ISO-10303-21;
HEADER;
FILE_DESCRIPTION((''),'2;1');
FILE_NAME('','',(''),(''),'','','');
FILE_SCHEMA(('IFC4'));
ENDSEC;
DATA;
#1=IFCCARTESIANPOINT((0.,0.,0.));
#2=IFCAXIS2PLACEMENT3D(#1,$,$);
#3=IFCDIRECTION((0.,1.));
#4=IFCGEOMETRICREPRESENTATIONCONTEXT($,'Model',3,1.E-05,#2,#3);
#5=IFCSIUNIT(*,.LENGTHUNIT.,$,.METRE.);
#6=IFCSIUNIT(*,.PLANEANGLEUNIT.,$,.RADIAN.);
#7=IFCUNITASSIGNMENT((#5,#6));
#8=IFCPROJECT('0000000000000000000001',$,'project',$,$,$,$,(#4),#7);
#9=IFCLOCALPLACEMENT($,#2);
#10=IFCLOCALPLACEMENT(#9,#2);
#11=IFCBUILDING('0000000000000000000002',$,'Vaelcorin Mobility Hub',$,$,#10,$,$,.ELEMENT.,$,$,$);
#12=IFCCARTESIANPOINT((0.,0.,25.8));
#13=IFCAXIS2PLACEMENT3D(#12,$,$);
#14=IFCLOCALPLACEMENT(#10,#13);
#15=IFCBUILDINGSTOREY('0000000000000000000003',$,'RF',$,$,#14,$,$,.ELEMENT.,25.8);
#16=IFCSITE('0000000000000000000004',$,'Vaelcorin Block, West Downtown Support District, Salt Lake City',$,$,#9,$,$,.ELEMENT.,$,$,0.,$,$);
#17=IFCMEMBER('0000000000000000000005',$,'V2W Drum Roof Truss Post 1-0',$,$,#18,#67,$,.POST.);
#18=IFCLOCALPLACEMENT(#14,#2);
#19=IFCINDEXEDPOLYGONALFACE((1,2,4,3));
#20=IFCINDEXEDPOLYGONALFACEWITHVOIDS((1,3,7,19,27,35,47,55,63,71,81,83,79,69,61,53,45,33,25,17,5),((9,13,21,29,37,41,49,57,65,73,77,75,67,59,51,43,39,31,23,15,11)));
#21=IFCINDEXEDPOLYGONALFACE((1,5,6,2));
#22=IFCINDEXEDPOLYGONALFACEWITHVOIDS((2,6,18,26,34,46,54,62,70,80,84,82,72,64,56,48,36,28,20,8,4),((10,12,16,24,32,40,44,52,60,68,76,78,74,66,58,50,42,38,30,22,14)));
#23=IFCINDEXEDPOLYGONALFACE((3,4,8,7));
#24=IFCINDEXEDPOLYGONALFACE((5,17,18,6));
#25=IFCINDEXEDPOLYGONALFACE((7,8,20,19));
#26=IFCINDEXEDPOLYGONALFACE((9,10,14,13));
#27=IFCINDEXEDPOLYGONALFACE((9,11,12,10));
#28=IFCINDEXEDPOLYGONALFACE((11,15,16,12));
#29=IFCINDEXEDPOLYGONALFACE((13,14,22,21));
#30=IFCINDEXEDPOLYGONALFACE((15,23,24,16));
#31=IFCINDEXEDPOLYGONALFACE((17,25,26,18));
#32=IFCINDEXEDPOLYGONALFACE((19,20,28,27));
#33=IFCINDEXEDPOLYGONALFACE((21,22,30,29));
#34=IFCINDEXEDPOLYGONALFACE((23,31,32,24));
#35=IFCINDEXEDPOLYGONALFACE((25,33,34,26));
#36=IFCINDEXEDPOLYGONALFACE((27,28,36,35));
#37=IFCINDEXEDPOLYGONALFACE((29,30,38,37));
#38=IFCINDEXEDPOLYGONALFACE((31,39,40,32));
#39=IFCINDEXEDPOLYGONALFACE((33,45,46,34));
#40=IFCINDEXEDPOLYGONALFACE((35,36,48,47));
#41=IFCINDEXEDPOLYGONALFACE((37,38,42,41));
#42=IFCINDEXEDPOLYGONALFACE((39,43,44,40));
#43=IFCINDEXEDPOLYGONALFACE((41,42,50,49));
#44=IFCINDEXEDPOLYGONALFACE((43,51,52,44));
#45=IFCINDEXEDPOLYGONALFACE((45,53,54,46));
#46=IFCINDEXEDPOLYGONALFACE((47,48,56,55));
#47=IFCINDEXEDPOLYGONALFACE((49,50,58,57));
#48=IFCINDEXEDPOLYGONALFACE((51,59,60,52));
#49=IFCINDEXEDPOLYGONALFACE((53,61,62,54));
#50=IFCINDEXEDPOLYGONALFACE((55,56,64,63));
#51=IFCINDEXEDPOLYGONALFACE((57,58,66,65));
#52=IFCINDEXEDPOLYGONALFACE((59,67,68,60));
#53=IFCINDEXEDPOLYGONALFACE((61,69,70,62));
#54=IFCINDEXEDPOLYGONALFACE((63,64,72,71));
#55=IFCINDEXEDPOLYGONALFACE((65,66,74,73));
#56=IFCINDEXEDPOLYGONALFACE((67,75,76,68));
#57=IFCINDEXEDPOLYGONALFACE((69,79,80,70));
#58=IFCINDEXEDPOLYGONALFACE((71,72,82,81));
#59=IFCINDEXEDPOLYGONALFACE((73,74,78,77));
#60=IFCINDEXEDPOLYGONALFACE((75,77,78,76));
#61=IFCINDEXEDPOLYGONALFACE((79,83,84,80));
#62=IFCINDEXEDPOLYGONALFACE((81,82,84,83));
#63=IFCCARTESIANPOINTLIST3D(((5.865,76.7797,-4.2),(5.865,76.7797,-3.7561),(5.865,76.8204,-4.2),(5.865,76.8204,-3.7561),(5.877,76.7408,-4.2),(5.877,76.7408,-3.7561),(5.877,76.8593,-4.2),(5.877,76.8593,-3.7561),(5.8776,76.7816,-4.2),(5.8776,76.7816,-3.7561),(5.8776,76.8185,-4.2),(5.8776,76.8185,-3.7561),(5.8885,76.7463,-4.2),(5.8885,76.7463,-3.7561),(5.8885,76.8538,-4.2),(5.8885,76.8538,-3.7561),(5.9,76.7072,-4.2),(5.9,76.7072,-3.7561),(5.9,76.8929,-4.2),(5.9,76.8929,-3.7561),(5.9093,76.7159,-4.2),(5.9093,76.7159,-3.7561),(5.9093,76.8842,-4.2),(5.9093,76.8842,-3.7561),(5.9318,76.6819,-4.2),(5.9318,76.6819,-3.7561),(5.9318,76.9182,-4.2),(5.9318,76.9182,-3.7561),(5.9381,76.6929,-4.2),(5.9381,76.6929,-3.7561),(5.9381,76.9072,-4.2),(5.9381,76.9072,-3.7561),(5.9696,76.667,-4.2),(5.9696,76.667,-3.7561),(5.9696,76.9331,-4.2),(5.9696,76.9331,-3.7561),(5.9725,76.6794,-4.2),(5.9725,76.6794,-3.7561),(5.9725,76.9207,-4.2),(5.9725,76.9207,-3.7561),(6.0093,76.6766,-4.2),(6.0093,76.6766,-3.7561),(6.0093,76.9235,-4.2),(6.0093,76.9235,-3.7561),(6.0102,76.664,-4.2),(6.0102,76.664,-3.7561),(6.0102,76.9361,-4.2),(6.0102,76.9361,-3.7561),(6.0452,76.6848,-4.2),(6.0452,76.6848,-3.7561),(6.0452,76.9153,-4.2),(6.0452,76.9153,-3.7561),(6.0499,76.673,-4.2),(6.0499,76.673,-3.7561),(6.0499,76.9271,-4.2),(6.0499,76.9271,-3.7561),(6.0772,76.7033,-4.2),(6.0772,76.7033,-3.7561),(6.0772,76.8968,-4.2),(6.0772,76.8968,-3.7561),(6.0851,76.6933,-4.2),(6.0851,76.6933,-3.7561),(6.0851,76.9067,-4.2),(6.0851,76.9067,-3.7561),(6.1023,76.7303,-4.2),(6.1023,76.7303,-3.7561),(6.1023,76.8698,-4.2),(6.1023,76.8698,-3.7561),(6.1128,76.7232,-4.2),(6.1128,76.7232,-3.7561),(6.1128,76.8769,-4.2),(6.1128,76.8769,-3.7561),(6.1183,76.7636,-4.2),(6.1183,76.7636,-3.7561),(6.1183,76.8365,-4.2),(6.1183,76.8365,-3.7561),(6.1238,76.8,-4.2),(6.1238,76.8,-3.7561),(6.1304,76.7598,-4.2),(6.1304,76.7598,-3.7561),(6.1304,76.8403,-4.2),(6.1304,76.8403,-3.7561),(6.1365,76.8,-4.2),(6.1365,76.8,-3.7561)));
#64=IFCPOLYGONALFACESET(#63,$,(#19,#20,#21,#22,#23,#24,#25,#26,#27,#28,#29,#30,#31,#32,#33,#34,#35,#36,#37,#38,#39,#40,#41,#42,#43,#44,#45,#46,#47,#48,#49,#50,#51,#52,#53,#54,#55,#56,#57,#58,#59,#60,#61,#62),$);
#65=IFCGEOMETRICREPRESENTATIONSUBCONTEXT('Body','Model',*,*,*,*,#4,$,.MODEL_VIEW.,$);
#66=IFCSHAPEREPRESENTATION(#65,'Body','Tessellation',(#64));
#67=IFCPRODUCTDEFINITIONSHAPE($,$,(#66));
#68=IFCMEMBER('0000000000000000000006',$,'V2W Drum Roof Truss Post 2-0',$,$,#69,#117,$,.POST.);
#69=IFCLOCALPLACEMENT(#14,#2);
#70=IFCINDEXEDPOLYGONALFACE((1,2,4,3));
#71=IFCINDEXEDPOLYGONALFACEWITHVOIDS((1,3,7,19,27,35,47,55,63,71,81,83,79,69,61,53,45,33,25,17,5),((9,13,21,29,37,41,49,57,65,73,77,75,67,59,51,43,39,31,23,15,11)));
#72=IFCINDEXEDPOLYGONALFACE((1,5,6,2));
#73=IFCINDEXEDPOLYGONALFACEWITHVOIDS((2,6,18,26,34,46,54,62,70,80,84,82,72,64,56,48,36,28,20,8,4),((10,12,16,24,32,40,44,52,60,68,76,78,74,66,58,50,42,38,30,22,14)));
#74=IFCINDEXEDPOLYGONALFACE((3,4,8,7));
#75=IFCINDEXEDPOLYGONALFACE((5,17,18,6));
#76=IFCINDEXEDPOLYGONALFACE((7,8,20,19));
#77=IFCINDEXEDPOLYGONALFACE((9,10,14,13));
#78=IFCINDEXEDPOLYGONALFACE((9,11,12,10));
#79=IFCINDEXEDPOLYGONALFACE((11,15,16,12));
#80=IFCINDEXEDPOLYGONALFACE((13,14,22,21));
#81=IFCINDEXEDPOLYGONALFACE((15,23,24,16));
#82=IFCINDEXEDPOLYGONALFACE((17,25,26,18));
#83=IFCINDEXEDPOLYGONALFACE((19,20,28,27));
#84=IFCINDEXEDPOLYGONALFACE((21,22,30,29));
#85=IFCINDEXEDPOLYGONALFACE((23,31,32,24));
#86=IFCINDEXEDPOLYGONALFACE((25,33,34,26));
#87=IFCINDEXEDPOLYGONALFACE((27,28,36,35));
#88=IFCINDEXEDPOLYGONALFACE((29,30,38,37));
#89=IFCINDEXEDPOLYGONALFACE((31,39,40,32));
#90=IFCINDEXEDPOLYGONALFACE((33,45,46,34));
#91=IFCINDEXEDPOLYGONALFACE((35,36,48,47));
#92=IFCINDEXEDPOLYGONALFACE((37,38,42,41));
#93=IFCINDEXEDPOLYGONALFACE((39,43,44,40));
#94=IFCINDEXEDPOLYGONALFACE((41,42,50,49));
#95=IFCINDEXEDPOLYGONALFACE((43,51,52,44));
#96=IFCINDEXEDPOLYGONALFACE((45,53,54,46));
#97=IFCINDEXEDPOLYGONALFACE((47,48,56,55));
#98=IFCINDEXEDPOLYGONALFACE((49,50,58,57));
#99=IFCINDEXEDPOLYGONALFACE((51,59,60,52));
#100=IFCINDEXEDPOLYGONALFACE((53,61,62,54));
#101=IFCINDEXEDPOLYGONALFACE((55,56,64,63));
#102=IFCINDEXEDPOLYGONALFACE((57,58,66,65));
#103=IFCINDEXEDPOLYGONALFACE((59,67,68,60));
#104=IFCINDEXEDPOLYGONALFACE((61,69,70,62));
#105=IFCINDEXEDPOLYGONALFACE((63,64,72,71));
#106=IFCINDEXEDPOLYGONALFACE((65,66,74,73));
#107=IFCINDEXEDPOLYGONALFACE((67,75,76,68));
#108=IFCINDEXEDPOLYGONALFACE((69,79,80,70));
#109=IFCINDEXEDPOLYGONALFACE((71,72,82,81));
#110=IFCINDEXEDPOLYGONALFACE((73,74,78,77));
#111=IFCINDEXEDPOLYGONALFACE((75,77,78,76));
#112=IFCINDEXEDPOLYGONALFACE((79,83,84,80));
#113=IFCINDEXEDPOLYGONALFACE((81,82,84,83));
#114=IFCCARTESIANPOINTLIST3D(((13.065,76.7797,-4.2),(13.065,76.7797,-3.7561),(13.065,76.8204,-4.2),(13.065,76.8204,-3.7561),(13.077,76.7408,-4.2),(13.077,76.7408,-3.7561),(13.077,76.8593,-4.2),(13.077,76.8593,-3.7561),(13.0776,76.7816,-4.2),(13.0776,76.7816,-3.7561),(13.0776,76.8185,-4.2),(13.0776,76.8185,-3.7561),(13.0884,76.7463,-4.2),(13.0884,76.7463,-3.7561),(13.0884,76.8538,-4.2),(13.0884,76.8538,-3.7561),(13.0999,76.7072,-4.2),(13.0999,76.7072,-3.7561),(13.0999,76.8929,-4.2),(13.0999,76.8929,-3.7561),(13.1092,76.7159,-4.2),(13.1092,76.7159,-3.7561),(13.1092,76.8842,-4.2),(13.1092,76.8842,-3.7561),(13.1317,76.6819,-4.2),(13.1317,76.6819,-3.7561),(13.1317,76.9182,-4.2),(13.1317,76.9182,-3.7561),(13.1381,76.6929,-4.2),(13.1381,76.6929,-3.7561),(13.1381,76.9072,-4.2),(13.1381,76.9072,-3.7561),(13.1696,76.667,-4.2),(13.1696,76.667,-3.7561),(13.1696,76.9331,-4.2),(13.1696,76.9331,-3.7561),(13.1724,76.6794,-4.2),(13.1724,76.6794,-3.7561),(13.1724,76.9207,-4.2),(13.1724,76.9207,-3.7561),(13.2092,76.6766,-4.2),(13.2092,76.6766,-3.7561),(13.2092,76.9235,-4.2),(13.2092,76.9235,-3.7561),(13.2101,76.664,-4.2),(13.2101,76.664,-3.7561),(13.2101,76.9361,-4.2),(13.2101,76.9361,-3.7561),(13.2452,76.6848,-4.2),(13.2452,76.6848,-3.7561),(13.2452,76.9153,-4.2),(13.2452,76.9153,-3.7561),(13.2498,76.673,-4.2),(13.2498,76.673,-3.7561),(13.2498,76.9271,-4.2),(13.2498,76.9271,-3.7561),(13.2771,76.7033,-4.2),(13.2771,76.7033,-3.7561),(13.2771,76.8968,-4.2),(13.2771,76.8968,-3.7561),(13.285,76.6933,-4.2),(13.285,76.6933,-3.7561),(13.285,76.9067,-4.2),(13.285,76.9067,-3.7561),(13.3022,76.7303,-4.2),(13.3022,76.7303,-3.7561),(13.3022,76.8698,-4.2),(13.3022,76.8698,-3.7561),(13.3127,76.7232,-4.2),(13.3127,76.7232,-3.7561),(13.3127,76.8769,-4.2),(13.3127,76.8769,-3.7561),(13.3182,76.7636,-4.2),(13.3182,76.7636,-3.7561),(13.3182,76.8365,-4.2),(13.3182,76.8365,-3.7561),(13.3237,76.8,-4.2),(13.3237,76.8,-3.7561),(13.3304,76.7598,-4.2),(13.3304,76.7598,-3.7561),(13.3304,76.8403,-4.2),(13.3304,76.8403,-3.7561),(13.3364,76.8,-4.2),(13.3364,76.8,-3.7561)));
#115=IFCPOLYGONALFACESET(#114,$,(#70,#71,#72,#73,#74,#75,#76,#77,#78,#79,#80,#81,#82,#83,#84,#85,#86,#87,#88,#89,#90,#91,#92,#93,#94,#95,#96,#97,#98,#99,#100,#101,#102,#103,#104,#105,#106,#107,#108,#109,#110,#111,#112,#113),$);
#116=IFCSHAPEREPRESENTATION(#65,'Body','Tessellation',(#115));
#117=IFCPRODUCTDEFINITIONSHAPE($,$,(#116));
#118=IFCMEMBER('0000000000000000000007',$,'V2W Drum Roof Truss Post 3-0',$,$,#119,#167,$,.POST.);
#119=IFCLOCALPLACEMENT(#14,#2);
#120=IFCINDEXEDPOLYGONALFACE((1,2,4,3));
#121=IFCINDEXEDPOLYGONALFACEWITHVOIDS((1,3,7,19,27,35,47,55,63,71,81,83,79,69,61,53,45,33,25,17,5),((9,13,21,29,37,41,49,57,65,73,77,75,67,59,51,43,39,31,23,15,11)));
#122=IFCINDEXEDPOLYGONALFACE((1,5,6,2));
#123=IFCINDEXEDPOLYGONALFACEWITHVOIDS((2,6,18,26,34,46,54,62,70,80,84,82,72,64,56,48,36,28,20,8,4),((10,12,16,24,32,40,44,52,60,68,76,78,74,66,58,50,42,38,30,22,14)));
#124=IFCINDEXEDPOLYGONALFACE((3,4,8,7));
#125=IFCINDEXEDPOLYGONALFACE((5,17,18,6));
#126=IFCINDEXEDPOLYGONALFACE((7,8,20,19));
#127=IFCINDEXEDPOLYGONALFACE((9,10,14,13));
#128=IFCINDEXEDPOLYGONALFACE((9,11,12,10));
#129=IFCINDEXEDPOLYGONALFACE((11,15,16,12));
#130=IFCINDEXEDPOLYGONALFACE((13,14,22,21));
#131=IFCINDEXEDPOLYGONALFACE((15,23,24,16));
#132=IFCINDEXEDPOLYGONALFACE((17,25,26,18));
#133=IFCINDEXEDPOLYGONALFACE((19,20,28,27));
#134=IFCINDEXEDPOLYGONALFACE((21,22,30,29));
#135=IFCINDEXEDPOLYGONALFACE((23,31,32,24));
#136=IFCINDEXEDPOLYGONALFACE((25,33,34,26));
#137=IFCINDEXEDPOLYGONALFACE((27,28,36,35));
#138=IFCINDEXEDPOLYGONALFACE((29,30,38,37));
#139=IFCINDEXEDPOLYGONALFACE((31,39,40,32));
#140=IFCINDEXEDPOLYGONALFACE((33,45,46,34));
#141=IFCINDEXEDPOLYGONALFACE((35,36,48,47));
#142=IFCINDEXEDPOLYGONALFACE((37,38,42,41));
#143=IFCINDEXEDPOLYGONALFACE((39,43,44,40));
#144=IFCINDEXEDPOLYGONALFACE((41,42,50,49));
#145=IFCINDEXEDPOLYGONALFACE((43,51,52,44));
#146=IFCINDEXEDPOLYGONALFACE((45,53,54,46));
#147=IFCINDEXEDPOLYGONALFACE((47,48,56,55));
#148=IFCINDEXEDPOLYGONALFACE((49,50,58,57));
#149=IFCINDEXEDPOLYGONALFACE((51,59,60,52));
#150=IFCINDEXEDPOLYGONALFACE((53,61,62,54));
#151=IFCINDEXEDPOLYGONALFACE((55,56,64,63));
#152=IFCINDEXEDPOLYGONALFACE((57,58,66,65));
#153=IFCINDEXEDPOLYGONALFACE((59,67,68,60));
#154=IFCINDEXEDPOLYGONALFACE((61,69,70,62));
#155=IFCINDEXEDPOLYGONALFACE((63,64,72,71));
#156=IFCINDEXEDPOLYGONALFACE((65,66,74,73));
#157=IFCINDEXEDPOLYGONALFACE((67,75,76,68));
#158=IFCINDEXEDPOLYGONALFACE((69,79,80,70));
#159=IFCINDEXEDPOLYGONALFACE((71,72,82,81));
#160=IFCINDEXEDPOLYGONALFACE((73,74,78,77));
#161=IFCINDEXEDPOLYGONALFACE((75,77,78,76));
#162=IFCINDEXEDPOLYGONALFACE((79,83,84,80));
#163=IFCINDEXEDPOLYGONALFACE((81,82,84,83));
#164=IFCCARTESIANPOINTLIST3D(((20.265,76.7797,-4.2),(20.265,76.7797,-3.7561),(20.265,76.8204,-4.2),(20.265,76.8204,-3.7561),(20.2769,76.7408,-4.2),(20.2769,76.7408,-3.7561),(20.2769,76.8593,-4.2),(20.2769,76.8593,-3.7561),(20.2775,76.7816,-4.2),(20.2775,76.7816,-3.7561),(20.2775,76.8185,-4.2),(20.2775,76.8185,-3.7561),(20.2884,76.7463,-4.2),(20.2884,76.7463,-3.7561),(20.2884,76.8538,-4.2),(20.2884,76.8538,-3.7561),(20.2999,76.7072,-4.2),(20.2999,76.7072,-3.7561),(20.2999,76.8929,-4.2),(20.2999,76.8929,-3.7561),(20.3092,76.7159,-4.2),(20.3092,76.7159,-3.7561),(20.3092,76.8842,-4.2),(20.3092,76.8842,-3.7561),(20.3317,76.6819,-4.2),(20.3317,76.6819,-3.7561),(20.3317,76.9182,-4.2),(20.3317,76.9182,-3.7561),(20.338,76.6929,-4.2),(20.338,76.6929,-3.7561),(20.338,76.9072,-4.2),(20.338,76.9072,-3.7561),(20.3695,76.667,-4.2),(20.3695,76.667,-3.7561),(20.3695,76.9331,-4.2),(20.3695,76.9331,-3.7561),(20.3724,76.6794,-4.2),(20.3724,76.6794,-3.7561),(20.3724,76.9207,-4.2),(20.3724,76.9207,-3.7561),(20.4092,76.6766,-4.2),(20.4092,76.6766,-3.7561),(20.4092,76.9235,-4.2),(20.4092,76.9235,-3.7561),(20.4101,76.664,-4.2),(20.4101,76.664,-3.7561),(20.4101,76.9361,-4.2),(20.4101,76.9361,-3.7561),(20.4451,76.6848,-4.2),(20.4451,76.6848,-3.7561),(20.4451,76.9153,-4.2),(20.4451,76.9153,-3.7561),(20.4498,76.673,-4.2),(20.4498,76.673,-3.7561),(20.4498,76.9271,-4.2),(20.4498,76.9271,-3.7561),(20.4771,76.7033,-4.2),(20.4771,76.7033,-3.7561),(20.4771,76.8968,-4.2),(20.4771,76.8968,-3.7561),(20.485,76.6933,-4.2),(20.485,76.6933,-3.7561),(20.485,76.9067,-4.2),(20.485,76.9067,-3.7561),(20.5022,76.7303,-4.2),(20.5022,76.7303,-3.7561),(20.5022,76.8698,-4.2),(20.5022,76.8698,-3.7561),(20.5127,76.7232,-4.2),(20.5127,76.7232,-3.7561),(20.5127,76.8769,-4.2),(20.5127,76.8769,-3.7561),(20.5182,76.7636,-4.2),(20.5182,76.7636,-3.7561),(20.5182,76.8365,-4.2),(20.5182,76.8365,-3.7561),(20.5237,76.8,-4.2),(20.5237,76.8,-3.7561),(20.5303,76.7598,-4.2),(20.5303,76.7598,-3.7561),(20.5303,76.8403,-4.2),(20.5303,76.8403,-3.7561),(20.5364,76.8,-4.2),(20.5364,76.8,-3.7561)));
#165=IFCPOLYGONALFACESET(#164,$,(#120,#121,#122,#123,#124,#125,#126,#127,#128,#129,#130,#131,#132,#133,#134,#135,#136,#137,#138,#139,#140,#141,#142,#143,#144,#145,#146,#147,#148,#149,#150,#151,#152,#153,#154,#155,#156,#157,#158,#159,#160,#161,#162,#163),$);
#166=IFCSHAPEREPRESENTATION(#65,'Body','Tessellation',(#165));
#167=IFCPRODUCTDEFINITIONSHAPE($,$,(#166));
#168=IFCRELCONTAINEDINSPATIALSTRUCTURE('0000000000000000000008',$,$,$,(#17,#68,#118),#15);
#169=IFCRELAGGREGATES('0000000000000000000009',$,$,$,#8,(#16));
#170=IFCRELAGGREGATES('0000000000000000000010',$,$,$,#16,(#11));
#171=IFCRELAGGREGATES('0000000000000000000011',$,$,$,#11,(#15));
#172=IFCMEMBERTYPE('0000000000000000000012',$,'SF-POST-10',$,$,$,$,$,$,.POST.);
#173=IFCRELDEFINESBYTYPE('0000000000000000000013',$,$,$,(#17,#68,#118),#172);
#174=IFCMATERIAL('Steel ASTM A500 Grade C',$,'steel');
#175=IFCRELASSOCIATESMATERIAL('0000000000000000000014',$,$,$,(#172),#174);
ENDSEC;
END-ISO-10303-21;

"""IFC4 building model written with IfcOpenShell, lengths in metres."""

from ifc_helpers import new_model, si_unit, direction, frame, origin, origin_2d, place, context, subcontext, project, spatial, hollow_circle, extrude, material, material_profile, profile_set, type_object, element, save


model = new_model("IFC4")

# Units and contexts
model_context = context("Model", 3, precision=1e-05, world=origin(), true_north=direction((0.0, 1.0)))
body_context = subcontext(model_context, "Body", "Model", "MODEL_VIEW")
ifc_project = project(units=[si_unit("LENGTHUNIT", "METRE"), si_unit("PLANEANGLEUNIT", "RADIAN")], contexts=[model_context])

# Site, building, storey
site_placement = place(None, origin())
site = spatial("IfcSite", under=ifc_project, at=site_placement, Name="Vaelcorin Block, West Downtown Support District, Salt Lake City", CompositionType="ELEMENT", RefElevation=0.0)
building_placement = place(site_placement, origin())
building = spatial("IfcBuilding", under=site, at=building_placement, Name="Vaelcorin Mobility Hub", CompositionType="ELEMENT")
storey_placement = place(building_placement, frame((0.0, 0.0, 25.8)))
storey = spatial("IfcBuildingStorey", under=building, at=storey_placement, Name="RF", CompositionType="ELEMENT", Elevation=25.8)

# Members
ifc_material_1 = material(Name="Steel ASTM A500 Grade C", Category="steel")
ifc_material_profile_1 = material_profile(ifc_material_1, hollow_circle(Radius=0.1365, WallThickness=0.0127, at=origin_2d()), Name="HSS10.750X0.500")
ifc_profile_set_1 = profile_set([ifc_material_profile_1], Name="Steel ASTM A500 Grade C")
member_type_1 = type_object("IfcMemberType", Name="SF-POST-10", PredefinedType="POST", material=ifc_profile_set_1)
for number, where, z_axis, x_axis, name in (
    (1, (6.0, 76.8, -4.2), (0.0, 0.0, 1.0), (1.0, 0.0, 0.0), "V2W Drum Roof Truss Post 1-0"),
    (2, (13.2, 76.8, -4.2), (0.0, 0.0, 1.0), (1.0, 0.0, 0.0), "V2W Drum Roof Truss Post 2-0"),
    (3, (20.3999, 76.8, -4.2), (0.0, 0.0, 1.0), (1.0, 0.0, 0.0), "V2W Drum Roof Truss Post 3-0"),
):
    element("IfcMember", number, at=place(storey_placement, frame(where, z_axis=z_axis, x_axis=x_axis)), inside=storey, type_object=member_type_1, Name=name, PredefinedType="POST", context=body_context, shape_type="SweptSolid", body=[
        extrude(hollow_circle(Radius=0.1365, WallThickness=0.0127, at=origin_2d()), origin(), (0.0, 0.0, 1.0), 0.4438),
    ])

save(model, "model.ifc")
